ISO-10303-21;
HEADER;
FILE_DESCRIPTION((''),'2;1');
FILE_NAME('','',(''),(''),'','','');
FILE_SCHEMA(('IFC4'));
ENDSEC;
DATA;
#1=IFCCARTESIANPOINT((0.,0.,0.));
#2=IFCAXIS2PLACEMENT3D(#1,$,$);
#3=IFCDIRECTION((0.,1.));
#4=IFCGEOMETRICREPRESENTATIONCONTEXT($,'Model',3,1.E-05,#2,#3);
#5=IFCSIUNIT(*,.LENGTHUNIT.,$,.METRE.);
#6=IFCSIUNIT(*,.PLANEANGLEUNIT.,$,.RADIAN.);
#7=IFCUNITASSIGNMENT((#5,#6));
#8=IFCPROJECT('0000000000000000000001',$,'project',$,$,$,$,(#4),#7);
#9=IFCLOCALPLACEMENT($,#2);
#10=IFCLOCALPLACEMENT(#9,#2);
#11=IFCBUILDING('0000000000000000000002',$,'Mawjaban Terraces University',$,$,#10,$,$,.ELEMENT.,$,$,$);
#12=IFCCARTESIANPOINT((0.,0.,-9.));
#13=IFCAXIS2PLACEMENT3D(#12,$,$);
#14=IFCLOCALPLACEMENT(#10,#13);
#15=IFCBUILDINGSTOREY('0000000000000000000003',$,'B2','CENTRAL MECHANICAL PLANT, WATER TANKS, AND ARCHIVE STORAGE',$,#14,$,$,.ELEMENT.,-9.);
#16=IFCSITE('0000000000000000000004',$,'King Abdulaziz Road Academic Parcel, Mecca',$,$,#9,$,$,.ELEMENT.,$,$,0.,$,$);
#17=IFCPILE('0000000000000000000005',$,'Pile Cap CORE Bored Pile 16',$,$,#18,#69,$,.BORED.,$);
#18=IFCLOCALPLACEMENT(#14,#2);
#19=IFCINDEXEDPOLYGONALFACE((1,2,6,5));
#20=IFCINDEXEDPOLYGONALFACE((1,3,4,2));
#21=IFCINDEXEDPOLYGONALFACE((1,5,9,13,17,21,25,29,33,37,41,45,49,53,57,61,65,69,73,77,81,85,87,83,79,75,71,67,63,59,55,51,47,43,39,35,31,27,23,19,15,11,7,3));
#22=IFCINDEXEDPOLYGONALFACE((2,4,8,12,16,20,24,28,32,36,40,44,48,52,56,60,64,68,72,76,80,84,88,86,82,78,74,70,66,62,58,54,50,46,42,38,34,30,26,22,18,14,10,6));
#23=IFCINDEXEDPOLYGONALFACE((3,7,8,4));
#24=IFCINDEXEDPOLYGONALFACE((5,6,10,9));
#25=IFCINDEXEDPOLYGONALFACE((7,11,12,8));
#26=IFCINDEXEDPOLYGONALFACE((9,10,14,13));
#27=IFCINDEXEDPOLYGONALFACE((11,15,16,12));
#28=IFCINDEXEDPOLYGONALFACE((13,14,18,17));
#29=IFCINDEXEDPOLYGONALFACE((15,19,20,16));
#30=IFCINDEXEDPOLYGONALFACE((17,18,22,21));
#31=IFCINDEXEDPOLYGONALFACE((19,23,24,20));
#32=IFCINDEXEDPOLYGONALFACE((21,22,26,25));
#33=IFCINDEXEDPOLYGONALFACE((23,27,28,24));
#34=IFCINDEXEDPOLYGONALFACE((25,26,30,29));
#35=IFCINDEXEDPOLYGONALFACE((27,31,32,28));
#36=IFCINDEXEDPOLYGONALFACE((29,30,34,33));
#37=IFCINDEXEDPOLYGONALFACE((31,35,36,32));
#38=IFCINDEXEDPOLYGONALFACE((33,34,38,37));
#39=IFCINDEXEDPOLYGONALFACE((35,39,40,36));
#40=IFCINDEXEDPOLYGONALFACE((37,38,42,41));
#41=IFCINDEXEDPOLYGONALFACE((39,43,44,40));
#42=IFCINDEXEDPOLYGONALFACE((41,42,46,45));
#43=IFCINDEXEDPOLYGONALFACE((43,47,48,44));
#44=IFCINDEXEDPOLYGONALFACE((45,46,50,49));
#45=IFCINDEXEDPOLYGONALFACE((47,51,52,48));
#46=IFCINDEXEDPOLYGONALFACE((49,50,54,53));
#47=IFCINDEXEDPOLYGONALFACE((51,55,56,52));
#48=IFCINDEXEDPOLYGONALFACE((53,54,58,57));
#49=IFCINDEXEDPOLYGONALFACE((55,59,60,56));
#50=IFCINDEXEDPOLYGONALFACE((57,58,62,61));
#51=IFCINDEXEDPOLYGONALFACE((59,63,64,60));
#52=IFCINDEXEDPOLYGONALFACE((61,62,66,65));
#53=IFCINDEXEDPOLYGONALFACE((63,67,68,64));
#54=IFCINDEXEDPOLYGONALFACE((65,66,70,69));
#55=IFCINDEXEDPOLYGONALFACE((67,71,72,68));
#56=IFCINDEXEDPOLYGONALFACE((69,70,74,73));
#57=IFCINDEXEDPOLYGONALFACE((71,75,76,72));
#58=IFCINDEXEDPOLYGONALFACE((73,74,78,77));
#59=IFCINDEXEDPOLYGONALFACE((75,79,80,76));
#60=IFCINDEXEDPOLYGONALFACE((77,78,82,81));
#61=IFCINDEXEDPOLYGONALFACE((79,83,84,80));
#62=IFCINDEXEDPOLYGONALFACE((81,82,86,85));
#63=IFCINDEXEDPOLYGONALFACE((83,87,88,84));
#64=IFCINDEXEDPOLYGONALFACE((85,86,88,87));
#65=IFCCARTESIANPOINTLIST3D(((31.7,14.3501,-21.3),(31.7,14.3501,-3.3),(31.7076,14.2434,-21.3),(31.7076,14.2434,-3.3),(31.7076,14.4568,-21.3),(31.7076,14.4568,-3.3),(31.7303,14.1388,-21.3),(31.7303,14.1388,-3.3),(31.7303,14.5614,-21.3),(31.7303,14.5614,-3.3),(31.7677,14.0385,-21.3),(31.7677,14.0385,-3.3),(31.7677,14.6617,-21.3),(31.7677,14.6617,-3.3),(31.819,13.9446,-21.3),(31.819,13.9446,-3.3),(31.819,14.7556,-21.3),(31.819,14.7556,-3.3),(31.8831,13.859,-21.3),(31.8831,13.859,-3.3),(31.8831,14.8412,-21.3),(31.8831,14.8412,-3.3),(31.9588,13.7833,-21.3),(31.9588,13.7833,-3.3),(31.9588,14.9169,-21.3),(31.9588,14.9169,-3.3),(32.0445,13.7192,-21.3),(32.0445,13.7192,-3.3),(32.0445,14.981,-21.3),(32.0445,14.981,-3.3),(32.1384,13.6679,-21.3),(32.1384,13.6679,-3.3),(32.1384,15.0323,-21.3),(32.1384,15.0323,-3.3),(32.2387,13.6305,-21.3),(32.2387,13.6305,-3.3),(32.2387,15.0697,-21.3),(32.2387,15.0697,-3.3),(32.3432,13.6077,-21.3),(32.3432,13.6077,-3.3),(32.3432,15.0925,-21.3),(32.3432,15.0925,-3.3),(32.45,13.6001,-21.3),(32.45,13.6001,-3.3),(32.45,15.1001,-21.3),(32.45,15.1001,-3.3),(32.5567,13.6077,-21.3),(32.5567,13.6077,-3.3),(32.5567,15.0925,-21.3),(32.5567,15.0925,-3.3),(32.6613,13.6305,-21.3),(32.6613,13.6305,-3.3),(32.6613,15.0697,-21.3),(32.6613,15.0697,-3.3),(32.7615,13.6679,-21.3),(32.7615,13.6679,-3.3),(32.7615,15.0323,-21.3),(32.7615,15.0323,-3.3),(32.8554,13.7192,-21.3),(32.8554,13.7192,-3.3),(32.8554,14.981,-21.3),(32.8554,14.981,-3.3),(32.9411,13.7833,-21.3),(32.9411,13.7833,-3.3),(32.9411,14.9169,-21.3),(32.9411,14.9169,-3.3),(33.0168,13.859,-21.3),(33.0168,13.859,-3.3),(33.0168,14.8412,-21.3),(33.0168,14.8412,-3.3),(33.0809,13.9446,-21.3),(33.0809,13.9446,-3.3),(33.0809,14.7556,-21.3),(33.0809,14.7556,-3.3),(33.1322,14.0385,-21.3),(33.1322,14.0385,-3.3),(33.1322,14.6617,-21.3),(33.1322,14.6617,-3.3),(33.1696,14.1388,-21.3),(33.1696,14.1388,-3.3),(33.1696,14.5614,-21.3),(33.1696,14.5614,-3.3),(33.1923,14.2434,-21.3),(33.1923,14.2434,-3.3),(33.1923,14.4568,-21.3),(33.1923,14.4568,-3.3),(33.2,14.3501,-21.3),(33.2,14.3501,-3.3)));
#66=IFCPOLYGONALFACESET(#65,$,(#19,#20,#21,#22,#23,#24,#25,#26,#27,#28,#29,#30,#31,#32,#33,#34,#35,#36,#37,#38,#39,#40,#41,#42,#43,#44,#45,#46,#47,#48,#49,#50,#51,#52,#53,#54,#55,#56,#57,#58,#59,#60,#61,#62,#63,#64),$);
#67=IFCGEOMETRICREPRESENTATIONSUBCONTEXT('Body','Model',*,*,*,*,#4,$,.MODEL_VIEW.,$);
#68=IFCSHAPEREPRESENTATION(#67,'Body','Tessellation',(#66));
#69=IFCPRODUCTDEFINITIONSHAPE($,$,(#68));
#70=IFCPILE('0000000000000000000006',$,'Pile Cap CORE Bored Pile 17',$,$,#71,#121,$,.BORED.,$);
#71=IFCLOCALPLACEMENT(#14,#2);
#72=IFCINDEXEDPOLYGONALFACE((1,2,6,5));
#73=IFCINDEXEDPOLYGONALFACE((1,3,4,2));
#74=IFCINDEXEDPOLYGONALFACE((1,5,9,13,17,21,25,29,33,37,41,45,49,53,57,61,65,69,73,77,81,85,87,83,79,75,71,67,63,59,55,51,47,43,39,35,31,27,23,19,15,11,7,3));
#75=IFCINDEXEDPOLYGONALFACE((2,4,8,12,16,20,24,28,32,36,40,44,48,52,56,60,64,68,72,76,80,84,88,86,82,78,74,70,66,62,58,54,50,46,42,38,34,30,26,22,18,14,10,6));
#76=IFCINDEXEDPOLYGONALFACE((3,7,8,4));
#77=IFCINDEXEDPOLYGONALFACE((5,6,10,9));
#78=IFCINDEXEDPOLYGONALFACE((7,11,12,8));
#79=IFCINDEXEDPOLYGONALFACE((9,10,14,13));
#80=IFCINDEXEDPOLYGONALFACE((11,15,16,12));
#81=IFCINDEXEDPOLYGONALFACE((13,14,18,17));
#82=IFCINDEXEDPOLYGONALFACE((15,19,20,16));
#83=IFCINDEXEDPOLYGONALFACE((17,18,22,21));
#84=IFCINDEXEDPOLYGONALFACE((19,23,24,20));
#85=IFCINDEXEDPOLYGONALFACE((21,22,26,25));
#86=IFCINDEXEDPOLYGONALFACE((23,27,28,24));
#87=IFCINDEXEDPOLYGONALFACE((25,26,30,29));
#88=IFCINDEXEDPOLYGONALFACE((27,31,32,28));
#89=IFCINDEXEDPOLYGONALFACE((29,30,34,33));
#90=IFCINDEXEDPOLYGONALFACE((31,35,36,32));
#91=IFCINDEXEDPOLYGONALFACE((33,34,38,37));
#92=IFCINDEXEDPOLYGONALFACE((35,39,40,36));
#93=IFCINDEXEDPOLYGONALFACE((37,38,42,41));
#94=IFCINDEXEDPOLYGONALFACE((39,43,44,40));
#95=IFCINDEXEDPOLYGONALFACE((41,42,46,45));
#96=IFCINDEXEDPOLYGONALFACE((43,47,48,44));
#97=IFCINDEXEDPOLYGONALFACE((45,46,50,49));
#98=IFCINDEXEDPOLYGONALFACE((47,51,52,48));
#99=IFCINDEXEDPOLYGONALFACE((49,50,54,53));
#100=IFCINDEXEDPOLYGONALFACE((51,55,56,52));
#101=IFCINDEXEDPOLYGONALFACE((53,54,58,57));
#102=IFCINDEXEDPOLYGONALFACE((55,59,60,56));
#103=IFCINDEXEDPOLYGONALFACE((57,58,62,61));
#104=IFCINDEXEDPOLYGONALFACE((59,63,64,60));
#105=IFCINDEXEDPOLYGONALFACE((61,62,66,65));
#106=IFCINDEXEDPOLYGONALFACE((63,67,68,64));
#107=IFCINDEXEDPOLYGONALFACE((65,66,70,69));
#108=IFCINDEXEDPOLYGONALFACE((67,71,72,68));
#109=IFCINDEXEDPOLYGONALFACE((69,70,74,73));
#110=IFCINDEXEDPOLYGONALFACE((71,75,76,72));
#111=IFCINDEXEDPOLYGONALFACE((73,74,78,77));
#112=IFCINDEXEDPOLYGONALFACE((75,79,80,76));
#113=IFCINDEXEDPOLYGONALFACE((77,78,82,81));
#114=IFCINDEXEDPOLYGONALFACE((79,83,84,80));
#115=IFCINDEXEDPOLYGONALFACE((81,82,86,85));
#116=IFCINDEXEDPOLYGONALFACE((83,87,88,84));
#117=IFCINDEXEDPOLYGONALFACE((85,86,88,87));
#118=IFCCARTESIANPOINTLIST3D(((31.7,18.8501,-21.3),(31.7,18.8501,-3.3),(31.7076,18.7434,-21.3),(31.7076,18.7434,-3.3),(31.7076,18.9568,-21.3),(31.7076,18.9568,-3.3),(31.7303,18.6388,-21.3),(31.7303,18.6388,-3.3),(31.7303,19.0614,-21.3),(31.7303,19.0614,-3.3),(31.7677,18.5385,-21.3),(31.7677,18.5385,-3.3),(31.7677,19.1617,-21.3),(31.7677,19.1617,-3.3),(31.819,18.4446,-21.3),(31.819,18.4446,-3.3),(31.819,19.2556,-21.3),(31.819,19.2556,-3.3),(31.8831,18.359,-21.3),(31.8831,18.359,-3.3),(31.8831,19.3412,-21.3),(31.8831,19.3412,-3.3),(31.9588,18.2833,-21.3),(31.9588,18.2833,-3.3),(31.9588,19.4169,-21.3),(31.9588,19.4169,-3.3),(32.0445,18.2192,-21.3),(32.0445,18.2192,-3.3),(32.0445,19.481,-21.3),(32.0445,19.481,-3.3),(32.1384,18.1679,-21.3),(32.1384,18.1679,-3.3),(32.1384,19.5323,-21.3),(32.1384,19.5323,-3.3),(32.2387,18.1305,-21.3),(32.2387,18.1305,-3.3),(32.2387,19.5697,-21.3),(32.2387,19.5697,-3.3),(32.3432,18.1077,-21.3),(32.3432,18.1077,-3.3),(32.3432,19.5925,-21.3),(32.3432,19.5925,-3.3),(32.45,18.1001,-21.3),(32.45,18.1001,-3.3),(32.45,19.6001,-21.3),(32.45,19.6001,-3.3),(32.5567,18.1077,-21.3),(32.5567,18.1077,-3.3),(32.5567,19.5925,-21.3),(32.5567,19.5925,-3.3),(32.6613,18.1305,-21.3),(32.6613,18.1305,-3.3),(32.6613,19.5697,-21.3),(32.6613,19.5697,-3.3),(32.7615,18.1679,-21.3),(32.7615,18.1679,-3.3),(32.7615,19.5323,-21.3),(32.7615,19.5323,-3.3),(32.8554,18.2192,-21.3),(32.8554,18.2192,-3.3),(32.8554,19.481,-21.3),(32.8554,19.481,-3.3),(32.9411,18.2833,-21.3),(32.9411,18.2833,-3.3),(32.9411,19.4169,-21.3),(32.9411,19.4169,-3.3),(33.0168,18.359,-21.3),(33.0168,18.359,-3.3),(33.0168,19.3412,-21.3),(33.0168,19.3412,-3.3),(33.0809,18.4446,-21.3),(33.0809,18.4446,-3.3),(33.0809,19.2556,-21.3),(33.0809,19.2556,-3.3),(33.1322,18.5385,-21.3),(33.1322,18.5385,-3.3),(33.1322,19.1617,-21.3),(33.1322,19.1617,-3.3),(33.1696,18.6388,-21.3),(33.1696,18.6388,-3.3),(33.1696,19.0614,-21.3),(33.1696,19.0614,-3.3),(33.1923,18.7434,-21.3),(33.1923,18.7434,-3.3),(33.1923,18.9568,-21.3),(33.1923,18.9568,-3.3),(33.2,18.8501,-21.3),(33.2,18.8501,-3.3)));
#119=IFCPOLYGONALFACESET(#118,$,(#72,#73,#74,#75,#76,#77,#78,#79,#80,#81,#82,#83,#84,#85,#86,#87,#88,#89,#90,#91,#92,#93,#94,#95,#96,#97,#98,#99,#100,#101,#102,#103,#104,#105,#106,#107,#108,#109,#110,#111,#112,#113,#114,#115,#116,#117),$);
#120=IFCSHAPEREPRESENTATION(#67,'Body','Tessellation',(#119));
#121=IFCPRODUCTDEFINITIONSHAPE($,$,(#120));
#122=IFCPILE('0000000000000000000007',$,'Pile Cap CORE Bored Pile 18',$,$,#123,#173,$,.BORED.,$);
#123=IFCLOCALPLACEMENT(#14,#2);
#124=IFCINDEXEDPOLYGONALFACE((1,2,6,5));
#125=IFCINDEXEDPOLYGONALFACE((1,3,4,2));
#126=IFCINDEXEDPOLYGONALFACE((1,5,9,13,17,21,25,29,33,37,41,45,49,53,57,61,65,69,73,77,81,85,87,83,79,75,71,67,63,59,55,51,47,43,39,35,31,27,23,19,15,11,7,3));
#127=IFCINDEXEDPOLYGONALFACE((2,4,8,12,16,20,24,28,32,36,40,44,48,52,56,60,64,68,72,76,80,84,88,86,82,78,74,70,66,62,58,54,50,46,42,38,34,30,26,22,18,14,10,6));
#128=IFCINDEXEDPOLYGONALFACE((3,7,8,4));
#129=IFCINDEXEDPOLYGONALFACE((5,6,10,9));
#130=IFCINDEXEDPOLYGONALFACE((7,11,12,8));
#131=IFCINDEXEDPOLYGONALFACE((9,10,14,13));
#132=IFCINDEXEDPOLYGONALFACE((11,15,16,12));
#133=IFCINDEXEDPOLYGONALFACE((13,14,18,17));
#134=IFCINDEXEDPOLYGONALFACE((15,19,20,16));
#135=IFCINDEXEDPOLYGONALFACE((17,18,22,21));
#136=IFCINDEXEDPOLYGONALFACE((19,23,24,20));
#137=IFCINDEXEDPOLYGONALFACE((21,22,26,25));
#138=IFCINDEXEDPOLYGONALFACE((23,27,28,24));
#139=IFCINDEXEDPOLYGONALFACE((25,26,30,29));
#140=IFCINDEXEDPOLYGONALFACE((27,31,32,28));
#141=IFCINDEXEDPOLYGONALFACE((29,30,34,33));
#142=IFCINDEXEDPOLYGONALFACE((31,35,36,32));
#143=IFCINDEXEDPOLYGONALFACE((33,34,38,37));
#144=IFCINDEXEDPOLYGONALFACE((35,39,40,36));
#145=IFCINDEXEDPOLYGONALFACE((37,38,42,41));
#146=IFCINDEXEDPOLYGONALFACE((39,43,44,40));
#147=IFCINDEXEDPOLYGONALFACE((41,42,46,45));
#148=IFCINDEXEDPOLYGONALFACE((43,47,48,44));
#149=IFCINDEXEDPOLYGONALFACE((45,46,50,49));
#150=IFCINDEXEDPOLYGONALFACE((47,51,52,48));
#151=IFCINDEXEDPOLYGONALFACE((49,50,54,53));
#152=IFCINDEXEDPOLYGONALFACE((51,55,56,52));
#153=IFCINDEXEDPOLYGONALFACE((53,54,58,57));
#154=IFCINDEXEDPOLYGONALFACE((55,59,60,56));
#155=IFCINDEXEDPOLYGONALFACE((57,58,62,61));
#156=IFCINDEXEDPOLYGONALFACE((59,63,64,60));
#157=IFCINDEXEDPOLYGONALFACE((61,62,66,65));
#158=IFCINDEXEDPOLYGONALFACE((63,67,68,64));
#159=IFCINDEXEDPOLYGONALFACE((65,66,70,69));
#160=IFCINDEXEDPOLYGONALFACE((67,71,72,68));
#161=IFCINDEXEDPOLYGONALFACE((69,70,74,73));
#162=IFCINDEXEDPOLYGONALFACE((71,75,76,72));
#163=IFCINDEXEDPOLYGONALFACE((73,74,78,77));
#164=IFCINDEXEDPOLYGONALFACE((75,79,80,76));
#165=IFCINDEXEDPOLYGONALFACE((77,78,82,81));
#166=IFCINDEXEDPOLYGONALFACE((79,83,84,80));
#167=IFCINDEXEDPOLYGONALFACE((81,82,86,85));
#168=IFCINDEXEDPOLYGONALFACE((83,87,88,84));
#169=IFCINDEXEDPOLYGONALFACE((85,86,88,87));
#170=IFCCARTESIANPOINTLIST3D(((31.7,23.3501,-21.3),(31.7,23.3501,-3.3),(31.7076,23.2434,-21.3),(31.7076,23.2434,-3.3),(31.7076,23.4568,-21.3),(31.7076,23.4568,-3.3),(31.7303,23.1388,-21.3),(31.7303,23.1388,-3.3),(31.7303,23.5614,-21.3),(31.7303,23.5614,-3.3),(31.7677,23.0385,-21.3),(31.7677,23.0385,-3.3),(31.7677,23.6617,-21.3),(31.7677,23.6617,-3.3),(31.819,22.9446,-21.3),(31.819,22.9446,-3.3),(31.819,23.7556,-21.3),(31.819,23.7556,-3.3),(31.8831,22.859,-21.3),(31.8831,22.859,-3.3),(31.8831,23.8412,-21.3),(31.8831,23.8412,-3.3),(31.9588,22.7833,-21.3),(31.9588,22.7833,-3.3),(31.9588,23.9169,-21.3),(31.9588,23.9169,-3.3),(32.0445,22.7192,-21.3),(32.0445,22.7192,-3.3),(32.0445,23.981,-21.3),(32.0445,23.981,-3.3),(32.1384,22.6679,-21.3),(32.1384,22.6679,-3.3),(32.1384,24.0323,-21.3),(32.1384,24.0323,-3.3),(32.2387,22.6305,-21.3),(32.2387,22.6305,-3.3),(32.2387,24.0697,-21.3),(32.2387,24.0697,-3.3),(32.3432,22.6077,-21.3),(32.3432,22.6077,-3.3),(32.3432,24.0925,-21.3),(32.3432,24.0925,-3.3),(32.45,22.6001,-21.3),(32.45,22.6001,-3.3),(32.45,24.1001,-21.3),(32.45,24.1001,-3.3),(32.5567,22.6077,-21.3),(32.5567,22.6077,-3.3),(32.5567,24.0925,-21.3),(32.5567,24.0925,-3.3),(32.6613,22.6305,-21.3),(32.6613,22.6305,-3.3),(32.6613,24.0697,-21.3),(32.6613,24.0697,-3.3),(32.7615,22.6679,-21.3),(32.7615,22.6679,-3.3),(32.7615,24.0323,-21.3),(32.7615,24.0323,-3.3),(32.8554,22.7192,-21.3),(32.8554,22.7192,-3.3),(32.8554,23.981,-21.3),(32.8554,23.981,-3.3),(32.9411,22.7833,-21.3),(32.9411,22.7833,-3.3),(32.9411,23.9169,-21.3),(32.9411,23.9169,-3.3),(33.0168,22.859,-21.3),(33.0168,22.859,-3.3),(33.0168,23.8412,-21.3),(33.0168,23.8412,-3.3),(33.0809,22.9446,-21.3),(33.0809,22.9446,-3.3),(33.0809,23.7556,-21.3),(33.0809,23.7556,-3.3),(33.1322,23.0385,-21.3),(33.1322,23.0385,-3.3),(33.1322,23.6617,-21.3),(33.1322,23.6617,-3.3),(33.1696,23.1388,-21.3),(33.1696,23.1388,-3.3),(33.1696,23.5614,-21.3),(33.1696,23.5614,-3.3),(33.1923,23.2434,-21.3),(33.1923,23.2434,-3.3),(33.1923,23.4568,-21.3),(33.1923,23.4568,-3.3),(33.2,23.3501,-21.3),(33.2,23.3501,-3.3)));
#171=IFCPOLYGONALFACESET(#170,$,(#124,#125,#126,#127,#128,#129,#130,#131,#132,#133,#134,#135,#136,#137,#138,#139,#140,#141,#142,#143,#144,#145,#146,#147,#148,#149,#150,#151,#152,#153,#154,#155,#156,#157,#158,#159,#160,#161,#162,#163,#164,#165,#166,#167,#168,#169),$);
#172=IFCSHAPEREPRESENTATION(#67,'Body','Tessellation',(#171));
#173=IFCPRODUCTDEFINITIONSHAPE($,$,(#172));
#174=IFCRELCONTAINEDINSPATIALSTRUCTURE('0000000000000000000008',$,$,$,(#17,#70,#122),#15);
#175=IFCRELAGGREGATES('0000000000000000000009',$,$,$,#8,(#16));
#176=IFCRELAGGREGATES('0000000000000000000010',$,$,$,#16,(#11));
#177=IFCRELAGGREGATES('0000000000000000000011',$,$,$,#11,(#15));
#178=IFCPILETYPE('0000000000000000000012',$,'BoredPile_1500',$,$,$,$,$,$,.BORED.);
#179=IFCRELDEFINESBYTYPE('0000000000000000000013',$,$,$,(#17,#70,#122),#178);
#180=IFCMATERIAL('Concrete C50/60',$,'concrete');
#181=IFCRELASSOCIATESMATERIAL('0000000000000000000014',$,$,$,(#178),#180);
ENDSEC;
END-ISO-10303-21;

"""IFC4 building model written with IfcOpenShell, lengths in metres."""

from ifc_helpers import new_model, si_unit, direction, frame, origin, origin_2d, place, context, subcontext, project, spatial, circle, extrude, material, material_profile, profile_set, type_object, element, save


model = new_model("IFC4")

# Units and contexts
model_context = context("Model", 3, precision=1e-05, world=origin(), true_north=direction((0.0, 1.0)))
body_context = subcontext(model_context, "Body", "Model", "MODEL_VIEW")
ifc_project = project(units=[si_unit("LENGTHUNIT", "METRE"), si_unit("PLANEANGLEUNIT", "RADIAN")], contexts=[model_context])

# Site, building, storey
site_placement = place(None, origin())
site = spatial("IfcSite", under=ifc_project, at=site_placement, Name="King Abdulaziz Road Academic Parcel, Mecca", CompositionType="ELEMENT", RefElevation=0.0)
building_placement = place(site_placement, origin())
building = spatial("IfcBuilding", under=site, at=building_placement, Name="Mawjaban Terraces University", CompositionType="ELEMENT")
storey_placement = place(building_placement, frame((0.0, 0.0, -9.0)))
storey = spatial("IfcBuildingStorey", under=building, at=storey_placement, Name="B2", Description="CENTRAL MECHANICAL PLANT, WATER TANKS, AND ARCHIVE STORAGE", CompositionType="ELEMENT", Elevation=-9.0)

# Piles
ifc_material_1 = material(Name="Concrete C50/60", Category="concrete")
ifc_material_profile_1 = material_profile(ifc_material_1, circle(Radius=0.75, at=origin_2d()), Name="PILE1500")
ifc_profile_set_1 = profile_set([ifc_material_profile_1], Name="Concrete C50/60")
pile_type = type_object("IfcPileType", Name="BoredPile_1500", PredefinedType="BORED", material=ifc_profile_set_1)
for number, where, z_axis, x_axis, name in (
    (1, (32.45, 14.3501, -3.3), (0.0, 0.0, -1.0), (1.0, 0.0, 0.0), "Pile Cap CORE Bored Pile 16"),
    (2, (32.45, 18.8501, -3.3), (0.0, 0.0, -1.0), (1.0, 0.0, 0.0), "Pile Cap CORE Bored Pile 17"),
    (3, (32.45, 23.3501, -3.3), (0.0, 0.0, -1.0), (1.0, 0.0, 0.0), "Pile Cap CORE Bored Pile 18"),
):
    element("IfcPile", number, at=place(storey_placement, frame(where, z_axis=z_axis, x_axis=x_axis)), inside=storey, type_object=pile_type, Name=name, PredefinedType="BORED", context=body_context, shape_type="SweptSolid", body=[
        extrude(circle(Radius=0.75, at=origin_2d()), origin(), (0.0, 0.0, 1.0), 18.0),
    ])

save(model, "model.ifc")
